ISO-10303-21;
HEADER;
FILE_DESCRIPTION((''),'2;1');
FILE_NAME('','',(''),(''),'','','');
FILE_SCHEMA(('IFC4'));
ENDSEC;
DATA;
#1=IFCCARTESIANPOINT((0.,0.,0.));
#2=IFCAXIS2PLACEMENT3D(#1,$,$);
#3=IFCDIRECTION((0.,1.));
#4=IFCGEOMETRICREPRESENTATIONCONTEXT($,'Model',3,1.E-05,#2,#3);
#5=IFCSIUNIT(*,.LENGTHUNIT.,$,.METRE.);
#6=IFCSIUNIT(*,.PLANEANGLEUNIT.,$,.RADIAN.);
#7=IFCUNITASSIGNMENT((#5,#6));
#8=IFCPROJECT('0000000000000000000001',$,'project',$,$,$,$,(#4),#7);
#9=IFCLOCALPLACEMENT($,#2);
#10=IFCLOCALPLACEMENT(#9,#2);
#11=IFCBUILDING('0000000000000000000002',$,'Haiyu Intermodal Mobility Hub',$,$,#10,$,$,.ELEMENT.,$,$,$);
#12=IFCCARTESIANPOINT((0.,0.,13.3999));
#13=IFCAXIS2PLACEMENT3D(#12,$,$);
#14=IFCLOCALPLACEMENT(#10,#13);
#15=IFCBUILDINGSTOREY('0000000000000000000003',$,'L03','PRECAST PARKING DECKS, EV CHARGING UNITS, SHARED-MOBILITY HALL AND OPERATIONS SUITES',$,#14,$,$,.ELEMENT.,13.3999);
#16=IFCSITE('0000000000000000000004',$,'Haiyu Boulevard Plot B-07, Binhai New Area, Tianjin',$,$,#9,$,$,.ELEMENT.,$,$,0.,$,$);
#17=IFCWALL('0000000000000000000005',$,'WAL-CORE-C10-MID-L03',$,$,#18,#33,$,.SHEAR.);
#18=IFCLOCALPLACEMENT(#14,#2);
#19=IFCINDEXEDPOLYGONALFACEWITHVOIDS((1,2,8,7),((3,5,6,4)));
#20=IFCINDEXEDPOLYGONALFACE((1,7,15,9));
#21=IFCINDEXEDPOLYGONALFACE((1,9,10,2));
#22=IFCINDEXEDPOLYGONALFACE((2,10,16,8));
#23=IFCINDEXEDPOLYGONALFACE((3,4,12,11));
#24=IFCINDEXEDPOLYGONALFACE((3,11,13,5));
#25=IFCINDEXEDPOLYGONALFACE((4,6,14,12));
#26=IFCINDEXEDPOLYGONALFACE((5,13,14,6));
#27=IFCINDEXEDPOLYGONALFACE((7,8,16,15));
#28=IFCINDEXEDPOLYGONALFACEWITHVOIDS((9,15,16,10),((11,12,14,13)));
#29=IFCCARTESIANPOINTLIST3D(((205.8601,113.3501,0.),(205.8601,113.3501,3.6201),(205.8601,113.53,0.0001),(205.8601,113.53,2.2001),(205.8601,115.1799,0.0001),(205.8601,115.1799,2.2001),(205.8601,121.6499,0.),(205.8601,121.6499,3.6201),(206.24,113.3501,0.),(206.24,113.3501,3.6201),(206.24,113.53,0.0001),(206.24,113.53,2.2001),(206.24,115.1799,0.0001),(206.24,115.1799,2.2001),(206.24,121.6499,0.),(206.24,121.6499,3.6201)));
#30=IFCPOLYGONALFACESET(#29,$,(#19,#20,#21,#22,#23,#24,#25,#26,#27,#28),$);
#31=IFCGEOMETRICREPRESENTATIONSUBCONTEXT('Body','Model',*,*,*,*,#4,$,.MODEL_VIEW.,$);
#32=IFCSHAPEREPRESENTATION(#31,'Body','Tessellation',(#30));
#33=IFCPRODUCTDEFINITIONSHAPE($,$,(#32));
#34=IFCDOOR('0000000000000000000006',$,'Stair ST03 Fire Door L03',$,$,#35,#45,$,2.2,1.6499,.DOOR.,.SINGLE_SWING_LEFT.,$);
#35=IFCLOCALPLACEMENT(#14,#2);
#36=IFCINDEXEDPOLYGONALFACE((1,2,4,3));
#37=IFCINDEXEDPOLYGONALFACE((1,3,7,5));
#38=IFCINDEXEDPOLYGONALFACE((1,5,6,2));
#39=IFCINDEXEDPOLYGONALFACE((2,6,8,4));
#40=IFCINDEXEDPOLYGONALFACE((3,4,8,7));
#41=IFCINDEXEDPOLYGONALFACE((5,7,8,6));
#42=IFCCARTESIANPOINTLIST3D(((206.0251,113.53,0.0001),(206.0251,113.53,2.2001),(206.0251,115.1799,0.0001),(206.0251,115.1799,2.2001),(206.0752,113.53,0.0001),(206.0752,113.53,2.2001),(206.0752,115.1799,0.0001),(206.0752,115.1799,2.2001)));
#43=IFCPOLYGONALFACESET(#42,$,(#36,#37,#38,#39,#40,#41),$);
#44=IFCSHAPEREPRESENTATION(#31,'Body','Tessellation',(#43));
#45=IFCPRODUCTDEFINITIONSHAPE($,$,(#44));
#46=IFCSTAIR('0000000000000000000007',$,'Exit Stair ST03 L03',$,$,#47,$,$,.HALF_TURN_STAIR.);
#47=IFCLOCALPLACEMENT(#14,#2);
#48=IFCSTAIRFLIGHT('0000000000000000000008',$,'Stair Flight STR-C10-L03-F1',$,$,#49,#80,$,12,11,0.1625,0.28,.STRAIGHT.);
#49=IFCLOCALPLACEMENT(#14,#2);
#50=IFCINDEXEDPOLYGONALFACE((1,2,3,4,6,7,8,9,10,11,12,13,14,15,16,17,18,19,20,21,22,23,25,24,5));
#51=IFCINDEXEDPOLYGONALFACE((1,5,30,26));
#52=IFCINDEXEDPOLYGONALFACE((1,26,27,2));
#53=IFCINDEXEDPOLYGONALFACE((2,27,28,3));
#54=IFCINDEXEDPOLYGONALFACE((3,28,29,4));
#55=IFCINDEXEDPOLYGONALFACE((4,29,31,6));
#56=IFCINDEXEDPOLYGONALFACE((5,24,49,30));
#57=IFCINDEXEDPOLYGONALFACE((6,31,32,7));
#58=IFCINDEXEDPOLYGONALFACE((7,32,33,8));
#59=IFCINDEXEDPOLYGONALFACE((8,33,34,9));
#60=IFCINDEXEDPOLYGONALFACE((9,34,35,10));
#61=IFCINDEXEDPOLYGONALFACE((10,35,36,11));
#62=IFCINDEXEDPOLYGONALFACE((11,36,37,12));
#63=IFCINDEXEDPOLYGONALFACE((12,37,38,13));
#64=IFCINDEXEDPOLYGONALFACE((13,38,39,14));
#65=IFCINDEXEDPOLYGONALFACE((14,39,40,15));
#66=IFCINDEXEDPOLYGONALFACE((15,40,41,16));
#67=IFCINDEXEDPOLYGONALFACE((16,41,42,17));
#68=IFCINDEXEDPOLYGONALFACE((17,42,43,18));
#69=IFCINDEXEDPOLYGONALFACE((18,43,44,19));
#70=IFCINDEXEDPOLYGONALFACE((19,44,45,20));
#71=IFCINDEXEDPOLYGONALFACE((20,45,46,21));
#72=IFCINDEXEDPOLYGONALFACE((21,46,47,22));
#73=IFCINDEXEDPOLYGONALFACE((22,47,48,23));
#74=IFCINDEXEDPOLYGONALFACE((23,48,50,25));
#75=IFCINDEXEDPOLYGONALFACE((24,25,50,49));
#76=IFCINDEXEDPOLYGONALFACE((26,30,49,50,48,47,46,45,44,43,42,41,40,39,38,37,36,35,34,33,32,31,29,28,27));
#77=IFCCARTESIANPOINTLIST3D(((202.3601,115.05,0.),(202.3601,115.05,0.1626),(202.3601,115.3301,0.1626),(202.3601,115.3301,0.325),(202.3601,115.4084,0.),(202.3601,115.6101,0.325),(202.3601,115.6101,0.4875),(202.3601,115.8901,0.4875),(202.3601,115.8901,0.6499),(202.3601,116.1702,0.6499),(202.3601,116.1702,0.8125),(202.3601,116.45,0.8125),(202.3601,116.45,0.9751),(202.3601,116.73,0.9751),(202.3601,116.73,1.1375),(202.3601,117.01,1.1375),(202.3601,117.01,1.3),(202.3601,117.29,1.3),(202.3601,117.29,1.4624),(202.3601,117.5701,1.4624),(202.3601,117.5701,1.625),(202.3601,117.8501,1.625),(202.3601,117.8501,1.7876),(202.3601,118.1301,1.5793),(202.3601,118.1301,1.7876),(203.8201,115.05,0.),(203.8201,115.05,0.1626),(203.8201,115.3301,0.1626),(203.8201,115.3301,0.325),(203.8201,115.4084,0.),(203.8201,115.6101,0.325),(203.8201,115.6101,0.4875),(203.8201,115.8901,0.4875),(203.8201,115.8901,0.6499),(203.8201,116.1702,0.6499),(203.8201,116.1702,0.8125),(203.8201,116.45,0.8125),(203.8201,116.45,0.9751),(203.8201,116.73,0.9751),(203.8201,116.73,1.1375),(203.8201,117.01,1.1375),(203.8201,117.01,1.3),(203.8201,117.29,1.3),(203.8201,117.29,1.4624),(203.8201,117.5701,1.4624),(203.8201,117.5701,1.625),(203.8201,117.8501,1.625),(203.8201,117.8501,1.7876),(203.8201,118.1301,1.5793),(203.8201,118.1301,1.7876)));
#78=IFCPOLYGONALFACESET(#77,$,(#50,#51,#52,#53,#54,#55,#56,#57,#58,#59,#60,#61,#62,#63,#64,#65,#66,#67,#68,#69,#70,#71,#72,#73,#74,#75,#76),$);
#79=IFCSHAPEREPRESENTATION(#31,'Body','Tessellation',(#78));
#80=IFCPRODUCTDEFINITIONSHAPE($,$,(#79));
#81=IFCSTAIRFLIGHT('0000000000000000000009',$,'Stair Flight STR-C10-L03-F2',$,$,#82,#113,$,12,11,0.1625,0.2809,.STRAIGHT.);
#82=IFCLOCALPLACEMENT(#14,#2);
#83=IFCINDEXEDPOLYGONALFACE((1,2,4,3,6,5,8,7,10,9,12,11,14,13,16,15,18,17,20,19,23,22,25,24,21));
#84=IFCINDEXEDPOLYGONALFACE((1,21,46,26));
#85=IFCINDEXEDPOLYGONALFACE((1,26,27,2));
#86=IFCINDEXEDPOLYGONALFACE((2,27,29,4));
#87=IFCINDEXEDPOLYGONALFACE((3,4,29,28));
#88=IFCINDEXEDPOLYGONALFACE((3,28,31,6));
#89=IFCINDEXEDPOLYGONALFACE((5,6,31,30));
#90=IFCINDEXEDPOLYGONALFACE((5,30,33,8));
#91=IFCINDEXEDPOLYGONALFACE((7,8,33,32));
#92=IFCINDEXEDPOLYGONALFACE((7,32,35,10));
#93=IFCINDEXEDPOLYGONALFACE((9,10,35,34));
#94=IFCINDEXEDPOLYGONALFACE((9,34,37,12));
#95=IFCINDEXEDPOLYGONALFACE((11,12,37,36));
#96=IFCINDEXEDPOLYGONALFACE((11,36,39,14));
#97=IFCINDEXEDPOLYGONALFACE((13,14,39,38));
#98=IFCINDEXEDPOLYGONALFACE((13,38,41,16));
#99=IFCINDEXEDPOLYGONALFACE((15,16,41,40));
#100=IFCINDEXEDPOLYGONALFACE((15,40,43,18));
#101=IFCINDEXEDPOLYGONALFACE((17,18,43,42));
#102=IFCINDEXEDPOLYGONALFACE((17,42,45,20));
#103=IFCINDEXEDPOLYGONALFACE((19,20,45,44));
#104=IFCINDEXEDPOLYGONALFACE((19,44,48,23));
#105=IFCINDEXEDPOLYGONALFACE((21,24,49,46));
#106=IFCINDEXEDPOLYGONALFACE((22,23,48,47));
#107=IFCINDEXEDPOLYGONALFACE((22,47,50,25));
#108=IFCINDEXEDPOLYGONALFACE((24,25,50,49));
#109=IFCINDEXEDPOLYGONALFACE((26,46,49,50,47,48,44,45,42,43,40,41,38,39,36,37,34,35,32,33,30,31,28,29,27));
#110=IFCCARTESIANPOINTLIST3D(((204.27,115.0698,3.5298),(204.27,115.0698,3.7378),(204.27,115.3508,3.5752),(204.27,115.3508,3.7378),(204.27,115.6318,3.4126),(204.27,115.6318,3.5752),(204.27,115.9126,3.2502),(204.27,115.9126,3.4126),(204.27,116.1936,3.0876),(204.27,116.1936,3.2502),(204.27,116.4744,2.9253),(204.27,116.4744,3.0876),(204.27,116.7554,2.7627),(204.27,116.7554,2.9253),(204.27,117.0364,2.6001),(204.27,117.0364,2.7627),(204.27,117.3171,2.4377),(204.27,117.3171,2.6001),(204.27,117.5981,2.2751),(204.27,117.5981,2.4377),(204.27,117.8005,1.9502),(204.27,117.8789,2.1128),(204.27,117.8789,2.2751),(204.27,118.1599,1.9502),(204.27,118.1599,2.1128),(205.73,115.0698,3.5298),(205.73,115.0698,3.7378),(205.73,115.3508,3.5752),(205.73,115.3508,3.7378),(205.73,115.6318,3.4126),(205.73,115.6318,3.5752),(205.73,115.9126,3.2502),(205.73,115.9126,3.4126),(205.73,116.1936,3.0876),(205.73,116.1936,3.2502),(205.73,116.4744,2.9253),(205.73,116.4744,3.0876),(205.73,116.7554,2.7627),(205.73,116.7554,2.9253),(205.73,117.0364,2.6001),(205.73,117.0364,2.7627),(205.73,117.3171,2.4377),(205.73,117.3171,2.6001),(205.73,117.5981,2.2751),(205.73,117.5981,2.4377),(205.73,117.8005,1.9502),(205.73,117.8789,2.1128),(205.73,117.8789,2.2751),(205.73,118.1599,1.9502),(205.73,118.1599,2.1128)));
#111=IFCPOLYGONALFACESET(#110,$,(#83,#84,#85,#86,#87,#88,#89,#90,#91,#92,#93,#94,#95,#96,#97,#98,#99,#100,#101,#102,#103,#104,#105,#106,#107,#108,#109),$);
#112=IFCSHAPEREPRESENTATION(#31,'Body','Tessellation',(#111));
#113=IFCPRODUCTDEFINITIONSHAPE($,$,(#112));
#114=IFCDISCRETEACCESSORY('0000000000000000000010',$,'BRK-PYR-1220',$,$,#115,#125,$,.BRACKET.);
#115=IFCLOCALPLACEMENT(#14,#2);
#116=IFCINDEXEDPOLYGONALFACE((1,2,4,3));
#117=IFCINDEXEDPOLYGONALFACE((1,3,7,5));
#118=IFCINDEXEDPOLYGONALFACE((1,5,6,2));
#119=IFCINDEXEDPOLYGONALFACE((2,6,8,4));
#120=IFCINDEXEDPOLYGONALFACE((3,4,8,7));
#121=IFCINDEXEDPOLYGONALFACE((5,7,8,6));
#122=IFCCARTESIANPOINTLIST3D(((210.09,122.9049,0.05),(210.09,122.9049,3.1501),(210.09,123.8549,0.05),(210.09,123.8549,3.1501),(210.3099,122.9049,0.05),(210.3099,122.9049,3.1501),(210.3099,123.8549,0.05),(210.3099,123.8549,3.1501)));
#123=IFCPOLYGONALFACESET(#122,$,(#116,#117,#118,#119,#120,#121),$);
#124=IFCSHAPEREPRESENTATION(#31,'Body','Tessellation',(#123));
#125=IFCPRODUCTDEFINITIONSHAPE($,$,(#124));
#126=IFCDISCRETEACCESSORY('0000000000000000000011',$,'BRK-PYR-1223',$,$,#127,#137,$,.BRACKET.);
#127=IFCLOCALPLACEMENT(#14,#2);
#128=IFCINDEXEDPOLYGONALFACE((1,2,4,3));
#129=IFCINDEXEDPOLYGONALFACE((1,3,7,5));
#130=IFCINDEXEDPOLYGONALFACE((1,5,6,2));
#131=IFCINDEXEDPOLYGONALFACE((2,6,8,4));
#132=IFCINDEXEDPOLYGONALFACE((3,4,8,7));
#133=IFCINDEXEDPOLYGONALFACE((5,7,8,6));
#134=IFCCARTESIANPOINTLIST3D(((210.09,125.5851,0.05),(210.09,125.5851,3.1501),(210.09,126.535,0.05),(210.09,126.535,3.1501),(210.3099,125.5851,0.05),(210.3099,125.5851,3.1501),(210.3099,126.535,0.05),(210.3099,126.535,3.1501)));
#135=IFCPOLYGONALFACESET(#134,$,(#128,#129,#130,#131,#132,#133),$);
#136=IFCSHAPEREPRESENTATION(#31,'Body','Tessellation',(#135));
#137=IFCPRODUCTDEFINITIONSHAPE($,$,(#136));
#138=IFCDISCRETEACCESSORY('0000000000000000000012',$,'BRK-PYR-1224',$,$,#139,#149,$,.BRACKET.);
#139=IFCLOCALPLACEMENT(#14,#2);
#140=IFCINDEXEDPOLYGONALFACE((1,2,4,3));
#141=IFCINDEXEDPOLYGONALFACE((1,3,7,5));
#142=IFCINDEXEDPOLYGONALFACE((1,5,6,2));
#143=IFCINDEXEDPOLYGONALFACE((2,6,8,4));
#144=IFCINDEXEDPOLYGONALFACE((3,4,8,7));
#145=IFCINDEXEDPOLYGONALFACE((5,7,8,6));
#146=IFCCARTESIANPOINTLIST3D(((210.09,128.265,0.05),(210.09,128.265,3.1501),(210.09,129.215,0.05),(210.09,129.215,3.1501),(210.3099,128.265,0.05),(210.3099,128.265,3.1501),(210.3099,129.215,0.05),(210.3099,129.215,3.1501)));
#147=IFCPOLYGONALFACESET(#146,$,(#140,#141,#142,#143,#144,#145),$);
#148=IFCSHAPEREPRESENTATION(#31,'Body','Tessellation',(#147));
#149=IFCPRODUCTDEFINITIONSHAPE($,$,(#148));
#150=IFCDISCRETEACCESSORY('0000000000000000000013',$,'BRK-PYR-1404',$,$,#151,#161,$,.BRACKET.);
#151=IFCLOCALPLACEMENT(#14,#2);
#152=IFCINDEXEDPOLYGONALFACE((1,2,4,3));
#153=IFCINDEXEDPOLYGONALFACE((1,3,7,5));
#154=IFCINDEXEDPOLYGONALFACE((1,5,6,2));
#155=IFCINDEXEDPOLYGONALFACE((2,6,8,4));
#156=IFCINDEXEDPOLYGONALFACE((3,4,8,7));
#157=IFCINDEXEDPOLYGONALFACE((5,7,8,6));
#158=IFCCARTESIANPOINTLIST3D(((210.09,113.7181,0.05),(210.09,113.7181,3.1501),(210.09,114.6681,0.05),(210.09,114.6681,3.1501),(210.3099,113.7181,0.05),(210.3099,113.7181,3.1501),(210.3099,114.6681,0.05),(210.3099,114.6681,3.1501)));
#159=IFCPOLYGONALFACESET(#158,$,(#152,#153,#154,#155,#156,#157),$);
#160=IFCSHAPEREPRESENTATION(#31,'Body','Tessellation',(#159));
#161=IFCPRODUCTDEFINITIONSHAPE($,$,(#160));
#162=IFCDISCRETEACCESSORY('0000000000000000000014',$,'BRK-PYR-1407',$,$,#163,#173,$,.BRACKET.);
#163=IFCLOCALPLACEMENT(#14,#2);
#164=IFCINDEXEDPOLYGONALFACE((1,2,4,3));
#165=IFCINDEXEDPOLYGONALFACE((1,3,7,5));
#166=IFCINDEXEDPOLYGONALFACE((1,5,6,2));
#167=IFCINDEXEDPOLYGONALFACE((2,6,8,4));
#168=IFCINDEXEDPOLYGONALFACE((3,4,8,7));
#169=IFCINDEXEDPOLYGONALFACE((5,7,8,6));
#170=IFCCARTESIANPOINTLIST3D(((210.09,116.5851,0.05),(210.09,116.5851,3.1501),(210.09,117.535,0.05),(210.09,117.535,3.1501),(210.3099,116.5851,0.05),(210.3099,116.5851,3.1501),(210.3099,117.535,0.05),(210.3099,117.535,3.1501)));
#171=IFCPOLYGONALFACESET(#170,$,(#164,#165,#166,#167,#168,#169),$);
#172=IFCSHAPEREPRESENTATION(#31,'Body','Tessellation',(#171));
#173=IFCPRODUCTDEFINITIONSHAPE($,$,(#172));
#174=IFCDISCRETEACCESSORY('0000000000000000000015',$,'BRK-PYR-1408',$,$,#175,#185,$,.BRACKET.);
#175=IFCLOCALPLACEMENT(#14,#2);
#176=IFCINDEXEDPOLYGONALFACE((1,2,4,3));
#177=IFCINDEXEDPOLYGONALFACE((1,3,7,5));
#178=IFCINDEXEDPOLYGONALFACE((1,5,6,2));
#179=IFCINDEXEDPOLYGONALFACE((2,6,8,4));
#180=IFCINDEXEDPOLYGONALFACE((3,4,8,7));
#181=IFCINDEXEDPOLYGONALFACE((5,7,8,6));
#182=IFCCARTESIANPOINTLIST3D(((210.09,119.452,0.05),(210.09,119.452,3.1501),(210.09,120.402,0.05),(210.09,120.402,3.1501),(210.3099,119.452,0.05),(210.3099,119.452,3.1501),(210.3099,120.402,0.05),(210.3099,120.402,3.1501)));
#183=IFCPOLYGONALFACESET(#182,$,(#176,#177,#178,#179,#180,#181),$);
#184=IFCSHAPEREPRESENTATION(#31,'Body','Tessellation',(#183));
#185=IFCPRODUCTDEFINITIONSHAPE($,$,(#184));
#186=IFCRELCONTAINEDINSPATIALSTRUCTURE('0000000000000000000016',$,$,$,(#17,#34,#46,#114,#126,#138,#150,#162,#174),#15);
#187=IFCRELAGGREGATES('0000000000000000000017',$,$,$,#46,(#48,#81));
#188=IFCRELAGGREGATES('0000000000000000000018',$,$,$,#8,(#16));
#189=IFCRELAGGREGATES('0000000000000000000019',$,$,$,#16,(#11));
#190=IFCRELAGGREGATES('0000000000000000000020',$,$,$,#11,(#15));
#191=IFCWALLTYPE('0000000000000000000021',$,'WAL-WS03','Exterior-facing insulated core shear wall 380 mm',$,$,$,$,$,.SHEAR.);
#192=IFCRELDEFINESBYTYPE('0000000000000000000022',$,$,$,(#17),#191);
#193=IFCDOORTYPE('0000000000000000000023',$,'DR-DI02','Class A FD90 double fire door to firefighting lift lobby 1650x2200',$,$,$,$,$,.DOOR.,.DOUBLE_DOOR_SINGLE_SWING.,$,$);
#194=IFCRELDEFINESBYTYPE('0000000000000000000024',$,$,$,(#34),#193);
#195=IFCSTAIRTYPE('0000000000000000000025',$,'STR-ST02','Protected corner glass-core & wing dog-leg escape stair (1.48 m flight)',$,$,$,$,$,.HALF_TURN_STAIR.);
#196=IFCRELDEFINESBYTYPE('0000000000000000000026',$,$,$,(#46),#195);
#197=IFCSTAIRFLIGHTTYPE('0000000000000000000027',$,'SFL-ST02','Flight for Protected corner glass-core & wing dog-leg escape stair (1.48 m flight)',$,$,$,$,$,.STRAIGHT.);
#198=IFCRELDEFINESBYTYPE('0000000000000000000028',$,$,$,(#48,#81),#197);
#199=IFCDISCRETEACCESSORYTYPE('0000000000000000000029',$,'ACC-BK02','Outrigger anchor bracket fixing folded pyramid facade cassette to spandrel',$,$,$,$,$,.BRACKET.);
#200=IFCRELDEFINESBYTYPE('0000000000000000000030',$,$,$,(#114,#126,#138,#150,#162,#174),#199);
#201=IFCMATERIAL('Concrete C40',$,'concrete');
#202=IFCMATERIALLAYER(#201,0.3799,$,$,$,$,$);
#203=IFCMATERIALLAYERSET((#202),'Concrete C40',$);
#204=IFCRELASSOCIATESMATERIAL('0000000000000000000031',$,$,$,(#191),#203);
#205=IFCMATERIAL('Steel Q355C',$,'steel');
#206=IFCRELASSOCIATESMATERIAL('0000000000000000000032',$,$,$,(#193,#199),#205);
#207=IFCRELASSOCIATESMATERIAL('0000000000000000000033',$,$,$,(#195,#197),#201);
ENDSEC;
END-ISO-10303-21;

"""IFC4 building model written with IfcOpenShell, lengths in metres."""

from ifc_helpers import new_model, si_unit, direction, frame, frame_2d, origin, origin_2d, place, context, subcontext, project, spatial, polyline, rectangle, outline, extrude, material, layer, layer_set, type_object, element, fill, aggregate, save


model = new_model("IFC4")

# Units and contexts
model_context = context("Model", 3, precision=1e-05, world=origin(), true_north=direction((0.0, 1.0)))
body_context = subcontext(model_context, "Body", "Model", "MODEL_VIEW")
ifc_project = project(units=[si_unit("LENGTHUNIT", "METRE"), si_unit("PLANEANGLEUNIT", "RADIAN")], contexts=[model_context])

# Site, building, storey
site_placement = place(None, origin())
site = spatial("IfcSite", under=ifc_project, at=site_placement, Name="Haiyu Boulevard Plot B-07, Binhai New Area, Tianjin", CompositionType="ELEMENT", RefElevation=0.0)
building_placement = place(site_placement, origin())
building = spatial("IfcBuilding", under=site, at=building_placement, Name="Haiyu Intermodal Mobility Hub", CompositionType="ELEMENT")
storey_placement = place(building_placement, frame((0.0, 0.0, 13.3999)))
storey = spatial("IfcBuildingStorey", under=building, at=storey_placement, Name="L03", Description="PRECAST PARKING DECKS, EV CHARGING UNITS, SHARED-MOBILITY HALL AND OPERATIONS SUITES", CompositionType="ELEMENT", Elevation=13.3999)

# Shared definitions
ifc_material_1 = material(Name="Concrete C40", Category="concrete")

# Shared definitions
ifc_material_2 = material(Name="Steel Q355C", Category="steel")

# Wall, opening, door
ifc_layer_1 = layer(ifc_material_1, 0.3799)
ifc_layer_set_1 = layer_set([ifc_layer_1], Name="Concrete C40")
wall_type_1 = type_object("IfcWallType", Name="WAL-WS03", Description="Exterior-facing insulated core shear wall 380 mm", PredefinedType="SHEAR", material=ifc_layer_set_1)
wall_1_placement = place(storey_placement, frame((206.05, 113.3501, 0.0), z_axis=(0.0, 0.0, 1.0), x_axis=(0.0, 1.0, 0.0)))
wall_1 = element("IfcWall", 1, at=wall_1_placement, inside=storey, type_object=wall_type_1, Name="WAL-CORE-C10-MID-L03", PredefinedType="SHEAR", context=body_context, shape_type="SweptSolid", body=[
    extrude(rectangle(XDim=8.2998, YDim=0.3799, at=frame_2d((4.1499, 0.0))), origin(), (0.0, 0.0, 1.0), 3.6201),
])
opening_1_placement = place(wall_1_placement, frame((0.1799, 0.0, 0.0)))
opening_1 = element("IfcOpeningElement", 2, at=opening_1_placement, cuts=wall_1, PredefinedType="OPENING", context=body_context, shape_type="SweptSolid", body=[
    extrude(rectangle(XDim=1.6499, YDim=2.2, at=frame_2d((0.825, 1.1001))), frame((0.0, 0.2, 0.0), z_axis=(0.0, -1.0, 0.0), x_axis=(1.0, 0.0, 0.0)), (0.0, 0.0, 1.0), 0.3999),
])
door_type_1 = type_object("IfcDoorType", Name="DR-DI02", Description="Class A FD90 double fire door to firefighting lift lobby 1650x2200", OperationType="DOUBLE_DOOR_SINGLE_SWING", PredefinedType="DOOR", material=ifc_material_2)
door_1_placement = place(opening_1_placement, origin())
door_1 = element("IfcDoor", 3, at=door_1_placement, inside=storey, type_object=door_type_1, Name="Stair ST03 Fire Door L03", OperationType="SINGLE_SWING_LEFT", OverallHeight=2.2, OverallWidth=1.6499, PredefinedType="DOOR", context=body_context, shape_type="SweptSolid", body=[
    extrude(rectangle(XDim=1.6499, YDim=2.2, at=frame_2d((0.825, 1.1001))), frame((0.0, 0.0249, 0.0), z_axis=(0.0, -1.0, 0.0), x_axis=(1.0, 0.0, 0.0)), (0.0, 0.0, 1.0), 0.05),
])
fill(opening_1, door_1)

# Stair, stair flights
stair_type = type_object("IfcStairType", Name="STR-ST02", Description="Protected corner glass-core & wing dog-leg escape stair (1.48 m flight)", PredefinedType="HALF_TURN_STAIR", material=ifc_material_1)
stair_placement = place(storey_placement, origin())
stair = element("IfcStair", 4, at=stair_placement, inside=storey, type_object=stair_type, Name="Exit Stair ST03 L03", PredefinedType="HALF_TURN_STAIR")
stair_flight_type = type_object("IfcStairFlightType", Name="SFL-ST02", Description="Flight for Protected corner glass-core & wing dog-leg escape stair (1.48 m flight)", PredefinedType="STRAIGHT", material=ifc_material_1)
stair_flight_1_placement = place(storey_placement, frame((203.0901, 115.05, 0.0), z_axis=(0.0, 0.0, 1.0), x_axis=(0.0, 1.0, 0.0)))
stair_flight_1 = element("IfcStairFlight", 5, at=stair_flight_1_placement, type_object=stair_flight_type, Name="Stair Flight STR-C10-L03-F1", NumberOfRisers=12, NumberOfTreads=11, PredefinedType="STRAIGHT", RiserHeight=0.1625, TreadLength=0.28, context=body_context, shape_type="SweptSolid", body=[
    extrude(outline(polyline([(0.0, 0.0), (0.0, 0.1626), (0.28, 0.1626), (0.28, 0.325), (0.5601, 0.325), (0.5601, 0.4875), (0.8401, 0.4875), (0.8401, 0.6499), (1.1201, 0.6499), (1.1201, 0.8125), (1.3999, 0.8125), (1.3999, 0.9751), (1.6799, 0.9751), (1.6799, 1.1375), (1.96, 1.1375), (1.96, 1.3), (2.24, 1.3), (2.24, 1.4624), (2.52, 1.4624), (2.52, 1.625), (2.8, 1.625), (2.8, 1.7876), (3.0801, 1.7876), (3.0801, 1.95), (3.0801, 1.5793), (0.3584, 0.0), (0.0, 0.0)])), frame((0.0, 0.73, 0.0), z_axis=(0.0, -1.0, 0.0), x_axis=(1.0, 0.0, 0.0)), (0.0, 0.0, 1.0), 1.46),
])
stair_flight_2_placement = place(storey_placement, frame((205.0, 118.1599, 1.9502), z_axis=(0.0, 0.0, 1.0), x_axis=(0.0, -1.0, 0.0)))
stair_flight_2 = element("IfcStairFlight", 6, at=stair_flight_2_placement, type_object=stair_flight_type, Name="Stair Flight STR-C10-L03-F2", NumberOfRisers=12, NumberOfTreads=11, PredefinedType="STRAIGHT", RiserHeight=0.1625, TreadLength=0.2809, context=body_context, shape_type="SweptSolid", body=[
    extrude(outline(polyline([(0.0, 0.0), (0.0, 0.1626), (0.281, 0.1626), (0.281, 0.325), (0.5618, 0.325), (0.5618, 0.4875), (0.8428, 0.4875), (0.8428, 0.6499), (1.1235, 0.6499), (1.1235, 0.8125), (1.4045, 0.8125), (1.4045, 0.9751), (1.6855, 0.9751), (1.6855, 1.1375), (1.9663, 1.1375), (1.9663, 1.3), (2.2473, 1.3), (2.2473, 1.4624), (2.5281, 1.4624), (2.5281, 1.625), (2.8091, 1.625), (2.8091, 1.7876), (3.0901, 1.7876), (3.0901, 1.95), (3.0901, 1.5796), (0.3594, 0.0), (0.0, 0.0)])), frame((0.0, 0.73, 0.0), z_axis=(0.0, -1.0, 0.0), x_axis=(1.0, 0.0, 0.0)), (0.0, 0.0, 1.0), 1.46),
])
aggregate(stair, [stair_flight_1, stair_flight_2])

# Discrete accessories
discrete_accessory_type = type_object("IfcDiscreteAccessoryType", Name="ACC-BK02", Description="Outrigger anchor bracket fixing folded pyramid facade cassette to spandrel", PredefinedType="BRACKET", material=ifc_material_2)
for number, where, z_axis, x_axis, name in (
    (7, (210.2, 123.3799, 0.05), (0.0, 0.0, 1.0), (1.0, 0.0, 0.0), "BRK-PYR-1220"),
    (8, (210.2, 126.0601, 0.05), (0.0, 0.0, 1.0), (1.0, 0.0, 0.0), "BRK-PYR-1223"),
    (9, (210.2, 128.74, 0.05), (0.0, 0.0, 1.0), (1.0, 0.0, 0.0), "BRK-PYR-1224"),
    (10, (210.2, 114.1931, 0.05), (0.0, 0.0, 1.0), (1.0, 0.0, 0.0), "BRK-PYR-1404"),
    (11, (210.2, 117.0601, 0.05), (0.0, 0.0, 1.0), (1.0, 0.0, 0.0), "BRK-PYR-1407"),
    (12, (210.2, 119.927, 0.05), (0.0, 0.0, 1.0), (1.0, 0.0, 0.0), "BRK-PYR-1408"),
):
    element("IfcDiscreteAccessory", number, at=place(storey_placement, frame(where, z_axis=z_axis, x_axis=x_axis)), inside=storey, type_object=discrete_accessory_type, Name=name, PredefinedType="BRACKET", context=body_context, shape_type="SweptSolid", body=[
        extrude(rectangle(XDim=0.22, YDim=0.95, at=origin_2d()), origin(), (0.0, 0.0, 1.0), 3.1001),
    ])

save(model, "model.ifc")
